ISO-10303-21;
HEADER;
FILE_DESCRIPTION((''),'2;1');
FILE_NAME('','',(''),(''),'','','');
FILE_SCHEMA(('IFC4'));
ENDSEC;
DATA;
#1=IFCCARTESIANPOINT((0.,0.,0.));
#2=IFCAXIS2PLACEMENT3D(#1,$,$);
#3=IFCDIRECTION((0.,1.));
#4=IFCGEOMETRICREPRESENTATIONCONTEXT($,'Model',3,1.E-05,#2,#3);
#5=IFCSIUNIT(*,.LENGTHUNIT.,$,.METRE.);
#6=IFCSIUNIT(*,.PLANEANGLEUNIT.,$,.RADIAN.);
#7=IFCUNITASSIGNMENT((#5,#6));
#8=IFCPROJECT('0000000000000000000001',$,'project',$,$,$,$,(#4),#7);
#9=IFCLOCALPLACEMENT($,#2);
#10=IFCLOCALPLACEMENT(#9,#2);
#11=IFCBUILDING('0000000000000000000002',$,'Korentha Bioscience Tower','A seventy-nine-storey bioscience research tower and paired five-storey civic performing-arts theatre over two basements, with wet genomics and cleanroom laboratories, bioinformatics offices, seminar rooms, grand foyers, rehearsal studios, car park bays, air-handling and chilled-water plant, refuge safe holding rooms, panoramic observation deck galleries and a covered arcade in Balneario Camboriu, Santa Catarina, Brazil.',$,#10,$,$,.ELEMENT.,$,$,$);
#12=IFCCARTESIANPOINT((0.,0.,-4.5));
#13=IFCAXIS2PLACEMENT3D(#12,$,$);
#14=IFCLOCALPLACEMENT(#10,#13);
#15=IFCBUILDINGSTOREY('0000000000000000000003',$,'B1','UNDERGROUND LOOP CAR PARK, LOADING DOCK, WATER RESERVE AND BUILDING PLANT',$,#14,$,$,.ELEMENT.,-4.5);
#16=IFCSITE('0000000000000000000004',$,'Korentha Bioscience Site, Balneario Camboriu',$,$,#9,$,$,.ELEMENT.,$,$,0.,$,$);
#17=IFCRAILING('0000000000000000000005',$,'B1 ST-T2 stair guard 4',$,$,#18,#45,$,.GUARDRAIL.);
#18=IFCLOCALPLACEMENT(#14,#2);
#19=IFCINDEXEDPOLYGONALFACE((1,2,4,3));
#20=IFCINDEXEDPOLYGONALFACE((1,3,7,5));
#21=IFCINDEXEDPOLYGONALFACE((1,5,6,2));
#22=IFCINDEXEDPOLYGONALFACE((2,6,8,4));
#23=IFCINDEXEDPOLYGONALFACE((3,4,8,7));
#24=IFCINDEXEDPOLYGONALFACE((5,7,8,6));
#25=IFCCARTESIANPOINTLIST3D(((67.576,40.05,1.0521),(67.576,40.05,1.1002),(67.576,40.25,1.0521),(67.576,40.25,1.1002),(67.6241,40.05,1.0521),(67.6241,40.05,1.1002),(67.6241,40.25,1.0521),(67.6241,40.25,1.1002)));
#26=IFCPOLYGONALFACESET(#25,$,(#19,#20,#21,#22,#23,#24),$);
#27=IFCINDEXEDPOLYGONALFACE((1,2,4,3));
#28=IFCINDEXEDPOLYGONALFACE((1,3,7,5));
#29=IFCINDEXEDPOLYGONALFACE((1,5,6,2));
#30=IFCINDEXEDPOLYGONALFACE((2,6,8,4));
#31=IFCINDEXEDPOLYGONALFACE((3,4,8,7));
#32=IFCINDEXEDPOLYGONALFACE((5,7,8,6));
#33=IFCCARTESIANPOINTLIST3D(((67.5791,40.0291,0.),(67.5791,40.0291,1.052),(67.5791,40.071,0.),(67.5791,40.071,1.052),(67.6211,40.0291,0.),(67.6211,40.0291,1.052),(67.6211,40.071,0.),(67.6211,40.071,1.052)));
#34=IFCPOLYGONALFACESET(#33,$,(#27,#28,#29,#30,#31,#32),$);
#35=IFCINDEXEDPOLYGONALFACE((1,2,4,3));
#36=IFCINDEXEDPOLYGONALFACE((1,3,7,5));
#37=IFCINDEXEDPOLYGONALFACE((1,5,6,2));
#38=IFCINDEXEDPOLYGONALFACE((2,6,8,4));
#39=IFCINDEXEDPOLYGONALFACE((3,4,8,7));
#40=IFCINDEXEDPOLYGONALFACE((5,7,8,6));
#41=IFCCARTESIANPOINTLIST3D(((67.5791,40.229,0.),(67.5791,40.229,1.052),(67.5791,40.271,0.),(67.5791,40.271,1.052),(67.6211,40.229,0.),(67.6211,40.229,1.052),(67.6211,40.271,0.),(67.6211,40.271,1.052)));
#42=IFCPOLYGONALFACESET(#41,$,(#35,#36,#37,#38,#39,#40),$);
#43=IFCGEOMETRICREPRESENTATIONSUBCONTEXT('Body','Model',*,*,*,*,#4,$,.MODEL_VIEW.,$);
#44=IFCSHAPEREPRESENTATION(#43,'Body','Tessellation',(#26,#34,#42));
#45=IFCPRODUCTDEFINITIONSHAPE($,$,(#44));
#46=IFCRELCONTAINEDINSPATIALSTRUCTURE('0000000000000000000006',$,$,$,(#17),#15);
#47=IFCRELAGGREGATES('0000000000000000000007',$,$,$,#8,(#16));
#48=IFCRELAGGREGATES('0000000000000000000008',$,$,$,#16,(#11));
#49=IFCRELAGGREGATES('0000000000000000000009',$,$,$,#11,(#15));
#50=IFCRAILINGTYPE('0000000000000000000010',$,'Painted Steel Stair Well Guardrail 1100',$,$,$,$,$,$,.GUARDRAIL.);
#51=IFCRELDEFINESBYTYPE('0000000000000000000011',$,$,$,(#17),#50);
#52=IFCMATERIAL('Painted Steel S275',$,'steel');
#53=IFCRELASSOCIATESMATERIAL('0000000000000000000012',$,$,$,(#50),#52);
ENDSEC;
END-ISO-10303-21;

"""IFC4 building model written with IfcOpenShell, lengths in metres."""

from ifc_helpers import new_model, si_unit, direction, frame, origin, origin_2d, place, context, subcontext, project, spatial, rectangle, extrude, material, type_object, element, save


model = new_model("IFC4")

# Units and contexts
model_context = context("Model", 3, precision=1e-05, world=origin(), true_north=direction((0.0, 1.0)))
body_context = subcontext(model_context, "Body", "Model", "MODEL_VIEW")
ifc_project = project(units=[si_unit("LENGTHUNIT", "METRE"), si_unit("PLANEANGLEUNIT", "RADIAN")], contexts=[model_context])

# Site, building, storey
site_placement = place(None, origin())
site = spatial("IfcSite", under=ifc_project, at=site_placement, Name="Korentha Bioscience Site, Balneario Camboriu", CompositionType="ELEMENT", RefElevation=0.0)
building_placement = place(site_placement, origin())
building = spatial("IfcBuilding", under=site, at=building_placement, Name="Korentha Bioscience Tower", Description="A seventy-nine-storey bioscience research tower and paired five-storey civic performing-arts theatre over two basements, with wet genomics and cleanroom laboratories, bioinformatics offices, seminar rooms, grand foyers, rehearsal studios, car park bays, air-handling and chilled-water plant, refuge safe holding rooms, panoramic observation deck galleries and a covered arcade in Balneario Camboriu, Santa Catarina, Brazil.", CompositionType="ELEMENT")
storey_placement = place(building_placement, frame((0.0, 0.0, -4.5)))
storey = spatial("IfcBuildingStorey", under=building, at=storey_placement, Name="B1", Description="UNDERGROUND LOOP CAR PARK, LOADING DOCK, WATER RESERVE AND BUILDING PLANT", CompositionType="ELEMENT", Elevation=-4.5)

# Railing
ifc_material_1 = material(Name="Painted Steel S275", Category="steel")
railing_type_1 = type_object("IfcRailingType", Name="Painted Steel Stair Well Guardrail 1100", PredefinedType="GUARDRAIL", material=ifc_material_1)
railing_1_placement = place(storey_placement, frame((67.6001, 40.05, 0.0)))
element("IfcRailing", 1, at=railing_1_placement, inside=storey, type_object=railing_type_1, Name="B1 ST-T2 stair guard 4", PredefinedType="GUARDRAIL", context=body_context, shape_type="SweptSolid", body=[
    extrude(rectangle(XDim=0.0481, YDim=0.0481, at=origin_2d()), frame((0.0, 0.0, 1.0762), z_axis=(0.0, 1.0, 0.0), x_axis=(-1.0, 0.0, 0.0)), (0.0, 0.0, 1.0), 0.2),
    extrude(rectangle(XDim=0.042, YDim=0.042, at=origin_2d()), origin(), (0.0, 0.0, 1.0), 1.052),
    extrude(rectangle(XDim=0.042, YDim=0.042, at=origin_2d()), frame((0.0, 0.2, 0.0)), (0.0, 0.0, 1.0), 1.052),
])

save(model, "model.ifc")
